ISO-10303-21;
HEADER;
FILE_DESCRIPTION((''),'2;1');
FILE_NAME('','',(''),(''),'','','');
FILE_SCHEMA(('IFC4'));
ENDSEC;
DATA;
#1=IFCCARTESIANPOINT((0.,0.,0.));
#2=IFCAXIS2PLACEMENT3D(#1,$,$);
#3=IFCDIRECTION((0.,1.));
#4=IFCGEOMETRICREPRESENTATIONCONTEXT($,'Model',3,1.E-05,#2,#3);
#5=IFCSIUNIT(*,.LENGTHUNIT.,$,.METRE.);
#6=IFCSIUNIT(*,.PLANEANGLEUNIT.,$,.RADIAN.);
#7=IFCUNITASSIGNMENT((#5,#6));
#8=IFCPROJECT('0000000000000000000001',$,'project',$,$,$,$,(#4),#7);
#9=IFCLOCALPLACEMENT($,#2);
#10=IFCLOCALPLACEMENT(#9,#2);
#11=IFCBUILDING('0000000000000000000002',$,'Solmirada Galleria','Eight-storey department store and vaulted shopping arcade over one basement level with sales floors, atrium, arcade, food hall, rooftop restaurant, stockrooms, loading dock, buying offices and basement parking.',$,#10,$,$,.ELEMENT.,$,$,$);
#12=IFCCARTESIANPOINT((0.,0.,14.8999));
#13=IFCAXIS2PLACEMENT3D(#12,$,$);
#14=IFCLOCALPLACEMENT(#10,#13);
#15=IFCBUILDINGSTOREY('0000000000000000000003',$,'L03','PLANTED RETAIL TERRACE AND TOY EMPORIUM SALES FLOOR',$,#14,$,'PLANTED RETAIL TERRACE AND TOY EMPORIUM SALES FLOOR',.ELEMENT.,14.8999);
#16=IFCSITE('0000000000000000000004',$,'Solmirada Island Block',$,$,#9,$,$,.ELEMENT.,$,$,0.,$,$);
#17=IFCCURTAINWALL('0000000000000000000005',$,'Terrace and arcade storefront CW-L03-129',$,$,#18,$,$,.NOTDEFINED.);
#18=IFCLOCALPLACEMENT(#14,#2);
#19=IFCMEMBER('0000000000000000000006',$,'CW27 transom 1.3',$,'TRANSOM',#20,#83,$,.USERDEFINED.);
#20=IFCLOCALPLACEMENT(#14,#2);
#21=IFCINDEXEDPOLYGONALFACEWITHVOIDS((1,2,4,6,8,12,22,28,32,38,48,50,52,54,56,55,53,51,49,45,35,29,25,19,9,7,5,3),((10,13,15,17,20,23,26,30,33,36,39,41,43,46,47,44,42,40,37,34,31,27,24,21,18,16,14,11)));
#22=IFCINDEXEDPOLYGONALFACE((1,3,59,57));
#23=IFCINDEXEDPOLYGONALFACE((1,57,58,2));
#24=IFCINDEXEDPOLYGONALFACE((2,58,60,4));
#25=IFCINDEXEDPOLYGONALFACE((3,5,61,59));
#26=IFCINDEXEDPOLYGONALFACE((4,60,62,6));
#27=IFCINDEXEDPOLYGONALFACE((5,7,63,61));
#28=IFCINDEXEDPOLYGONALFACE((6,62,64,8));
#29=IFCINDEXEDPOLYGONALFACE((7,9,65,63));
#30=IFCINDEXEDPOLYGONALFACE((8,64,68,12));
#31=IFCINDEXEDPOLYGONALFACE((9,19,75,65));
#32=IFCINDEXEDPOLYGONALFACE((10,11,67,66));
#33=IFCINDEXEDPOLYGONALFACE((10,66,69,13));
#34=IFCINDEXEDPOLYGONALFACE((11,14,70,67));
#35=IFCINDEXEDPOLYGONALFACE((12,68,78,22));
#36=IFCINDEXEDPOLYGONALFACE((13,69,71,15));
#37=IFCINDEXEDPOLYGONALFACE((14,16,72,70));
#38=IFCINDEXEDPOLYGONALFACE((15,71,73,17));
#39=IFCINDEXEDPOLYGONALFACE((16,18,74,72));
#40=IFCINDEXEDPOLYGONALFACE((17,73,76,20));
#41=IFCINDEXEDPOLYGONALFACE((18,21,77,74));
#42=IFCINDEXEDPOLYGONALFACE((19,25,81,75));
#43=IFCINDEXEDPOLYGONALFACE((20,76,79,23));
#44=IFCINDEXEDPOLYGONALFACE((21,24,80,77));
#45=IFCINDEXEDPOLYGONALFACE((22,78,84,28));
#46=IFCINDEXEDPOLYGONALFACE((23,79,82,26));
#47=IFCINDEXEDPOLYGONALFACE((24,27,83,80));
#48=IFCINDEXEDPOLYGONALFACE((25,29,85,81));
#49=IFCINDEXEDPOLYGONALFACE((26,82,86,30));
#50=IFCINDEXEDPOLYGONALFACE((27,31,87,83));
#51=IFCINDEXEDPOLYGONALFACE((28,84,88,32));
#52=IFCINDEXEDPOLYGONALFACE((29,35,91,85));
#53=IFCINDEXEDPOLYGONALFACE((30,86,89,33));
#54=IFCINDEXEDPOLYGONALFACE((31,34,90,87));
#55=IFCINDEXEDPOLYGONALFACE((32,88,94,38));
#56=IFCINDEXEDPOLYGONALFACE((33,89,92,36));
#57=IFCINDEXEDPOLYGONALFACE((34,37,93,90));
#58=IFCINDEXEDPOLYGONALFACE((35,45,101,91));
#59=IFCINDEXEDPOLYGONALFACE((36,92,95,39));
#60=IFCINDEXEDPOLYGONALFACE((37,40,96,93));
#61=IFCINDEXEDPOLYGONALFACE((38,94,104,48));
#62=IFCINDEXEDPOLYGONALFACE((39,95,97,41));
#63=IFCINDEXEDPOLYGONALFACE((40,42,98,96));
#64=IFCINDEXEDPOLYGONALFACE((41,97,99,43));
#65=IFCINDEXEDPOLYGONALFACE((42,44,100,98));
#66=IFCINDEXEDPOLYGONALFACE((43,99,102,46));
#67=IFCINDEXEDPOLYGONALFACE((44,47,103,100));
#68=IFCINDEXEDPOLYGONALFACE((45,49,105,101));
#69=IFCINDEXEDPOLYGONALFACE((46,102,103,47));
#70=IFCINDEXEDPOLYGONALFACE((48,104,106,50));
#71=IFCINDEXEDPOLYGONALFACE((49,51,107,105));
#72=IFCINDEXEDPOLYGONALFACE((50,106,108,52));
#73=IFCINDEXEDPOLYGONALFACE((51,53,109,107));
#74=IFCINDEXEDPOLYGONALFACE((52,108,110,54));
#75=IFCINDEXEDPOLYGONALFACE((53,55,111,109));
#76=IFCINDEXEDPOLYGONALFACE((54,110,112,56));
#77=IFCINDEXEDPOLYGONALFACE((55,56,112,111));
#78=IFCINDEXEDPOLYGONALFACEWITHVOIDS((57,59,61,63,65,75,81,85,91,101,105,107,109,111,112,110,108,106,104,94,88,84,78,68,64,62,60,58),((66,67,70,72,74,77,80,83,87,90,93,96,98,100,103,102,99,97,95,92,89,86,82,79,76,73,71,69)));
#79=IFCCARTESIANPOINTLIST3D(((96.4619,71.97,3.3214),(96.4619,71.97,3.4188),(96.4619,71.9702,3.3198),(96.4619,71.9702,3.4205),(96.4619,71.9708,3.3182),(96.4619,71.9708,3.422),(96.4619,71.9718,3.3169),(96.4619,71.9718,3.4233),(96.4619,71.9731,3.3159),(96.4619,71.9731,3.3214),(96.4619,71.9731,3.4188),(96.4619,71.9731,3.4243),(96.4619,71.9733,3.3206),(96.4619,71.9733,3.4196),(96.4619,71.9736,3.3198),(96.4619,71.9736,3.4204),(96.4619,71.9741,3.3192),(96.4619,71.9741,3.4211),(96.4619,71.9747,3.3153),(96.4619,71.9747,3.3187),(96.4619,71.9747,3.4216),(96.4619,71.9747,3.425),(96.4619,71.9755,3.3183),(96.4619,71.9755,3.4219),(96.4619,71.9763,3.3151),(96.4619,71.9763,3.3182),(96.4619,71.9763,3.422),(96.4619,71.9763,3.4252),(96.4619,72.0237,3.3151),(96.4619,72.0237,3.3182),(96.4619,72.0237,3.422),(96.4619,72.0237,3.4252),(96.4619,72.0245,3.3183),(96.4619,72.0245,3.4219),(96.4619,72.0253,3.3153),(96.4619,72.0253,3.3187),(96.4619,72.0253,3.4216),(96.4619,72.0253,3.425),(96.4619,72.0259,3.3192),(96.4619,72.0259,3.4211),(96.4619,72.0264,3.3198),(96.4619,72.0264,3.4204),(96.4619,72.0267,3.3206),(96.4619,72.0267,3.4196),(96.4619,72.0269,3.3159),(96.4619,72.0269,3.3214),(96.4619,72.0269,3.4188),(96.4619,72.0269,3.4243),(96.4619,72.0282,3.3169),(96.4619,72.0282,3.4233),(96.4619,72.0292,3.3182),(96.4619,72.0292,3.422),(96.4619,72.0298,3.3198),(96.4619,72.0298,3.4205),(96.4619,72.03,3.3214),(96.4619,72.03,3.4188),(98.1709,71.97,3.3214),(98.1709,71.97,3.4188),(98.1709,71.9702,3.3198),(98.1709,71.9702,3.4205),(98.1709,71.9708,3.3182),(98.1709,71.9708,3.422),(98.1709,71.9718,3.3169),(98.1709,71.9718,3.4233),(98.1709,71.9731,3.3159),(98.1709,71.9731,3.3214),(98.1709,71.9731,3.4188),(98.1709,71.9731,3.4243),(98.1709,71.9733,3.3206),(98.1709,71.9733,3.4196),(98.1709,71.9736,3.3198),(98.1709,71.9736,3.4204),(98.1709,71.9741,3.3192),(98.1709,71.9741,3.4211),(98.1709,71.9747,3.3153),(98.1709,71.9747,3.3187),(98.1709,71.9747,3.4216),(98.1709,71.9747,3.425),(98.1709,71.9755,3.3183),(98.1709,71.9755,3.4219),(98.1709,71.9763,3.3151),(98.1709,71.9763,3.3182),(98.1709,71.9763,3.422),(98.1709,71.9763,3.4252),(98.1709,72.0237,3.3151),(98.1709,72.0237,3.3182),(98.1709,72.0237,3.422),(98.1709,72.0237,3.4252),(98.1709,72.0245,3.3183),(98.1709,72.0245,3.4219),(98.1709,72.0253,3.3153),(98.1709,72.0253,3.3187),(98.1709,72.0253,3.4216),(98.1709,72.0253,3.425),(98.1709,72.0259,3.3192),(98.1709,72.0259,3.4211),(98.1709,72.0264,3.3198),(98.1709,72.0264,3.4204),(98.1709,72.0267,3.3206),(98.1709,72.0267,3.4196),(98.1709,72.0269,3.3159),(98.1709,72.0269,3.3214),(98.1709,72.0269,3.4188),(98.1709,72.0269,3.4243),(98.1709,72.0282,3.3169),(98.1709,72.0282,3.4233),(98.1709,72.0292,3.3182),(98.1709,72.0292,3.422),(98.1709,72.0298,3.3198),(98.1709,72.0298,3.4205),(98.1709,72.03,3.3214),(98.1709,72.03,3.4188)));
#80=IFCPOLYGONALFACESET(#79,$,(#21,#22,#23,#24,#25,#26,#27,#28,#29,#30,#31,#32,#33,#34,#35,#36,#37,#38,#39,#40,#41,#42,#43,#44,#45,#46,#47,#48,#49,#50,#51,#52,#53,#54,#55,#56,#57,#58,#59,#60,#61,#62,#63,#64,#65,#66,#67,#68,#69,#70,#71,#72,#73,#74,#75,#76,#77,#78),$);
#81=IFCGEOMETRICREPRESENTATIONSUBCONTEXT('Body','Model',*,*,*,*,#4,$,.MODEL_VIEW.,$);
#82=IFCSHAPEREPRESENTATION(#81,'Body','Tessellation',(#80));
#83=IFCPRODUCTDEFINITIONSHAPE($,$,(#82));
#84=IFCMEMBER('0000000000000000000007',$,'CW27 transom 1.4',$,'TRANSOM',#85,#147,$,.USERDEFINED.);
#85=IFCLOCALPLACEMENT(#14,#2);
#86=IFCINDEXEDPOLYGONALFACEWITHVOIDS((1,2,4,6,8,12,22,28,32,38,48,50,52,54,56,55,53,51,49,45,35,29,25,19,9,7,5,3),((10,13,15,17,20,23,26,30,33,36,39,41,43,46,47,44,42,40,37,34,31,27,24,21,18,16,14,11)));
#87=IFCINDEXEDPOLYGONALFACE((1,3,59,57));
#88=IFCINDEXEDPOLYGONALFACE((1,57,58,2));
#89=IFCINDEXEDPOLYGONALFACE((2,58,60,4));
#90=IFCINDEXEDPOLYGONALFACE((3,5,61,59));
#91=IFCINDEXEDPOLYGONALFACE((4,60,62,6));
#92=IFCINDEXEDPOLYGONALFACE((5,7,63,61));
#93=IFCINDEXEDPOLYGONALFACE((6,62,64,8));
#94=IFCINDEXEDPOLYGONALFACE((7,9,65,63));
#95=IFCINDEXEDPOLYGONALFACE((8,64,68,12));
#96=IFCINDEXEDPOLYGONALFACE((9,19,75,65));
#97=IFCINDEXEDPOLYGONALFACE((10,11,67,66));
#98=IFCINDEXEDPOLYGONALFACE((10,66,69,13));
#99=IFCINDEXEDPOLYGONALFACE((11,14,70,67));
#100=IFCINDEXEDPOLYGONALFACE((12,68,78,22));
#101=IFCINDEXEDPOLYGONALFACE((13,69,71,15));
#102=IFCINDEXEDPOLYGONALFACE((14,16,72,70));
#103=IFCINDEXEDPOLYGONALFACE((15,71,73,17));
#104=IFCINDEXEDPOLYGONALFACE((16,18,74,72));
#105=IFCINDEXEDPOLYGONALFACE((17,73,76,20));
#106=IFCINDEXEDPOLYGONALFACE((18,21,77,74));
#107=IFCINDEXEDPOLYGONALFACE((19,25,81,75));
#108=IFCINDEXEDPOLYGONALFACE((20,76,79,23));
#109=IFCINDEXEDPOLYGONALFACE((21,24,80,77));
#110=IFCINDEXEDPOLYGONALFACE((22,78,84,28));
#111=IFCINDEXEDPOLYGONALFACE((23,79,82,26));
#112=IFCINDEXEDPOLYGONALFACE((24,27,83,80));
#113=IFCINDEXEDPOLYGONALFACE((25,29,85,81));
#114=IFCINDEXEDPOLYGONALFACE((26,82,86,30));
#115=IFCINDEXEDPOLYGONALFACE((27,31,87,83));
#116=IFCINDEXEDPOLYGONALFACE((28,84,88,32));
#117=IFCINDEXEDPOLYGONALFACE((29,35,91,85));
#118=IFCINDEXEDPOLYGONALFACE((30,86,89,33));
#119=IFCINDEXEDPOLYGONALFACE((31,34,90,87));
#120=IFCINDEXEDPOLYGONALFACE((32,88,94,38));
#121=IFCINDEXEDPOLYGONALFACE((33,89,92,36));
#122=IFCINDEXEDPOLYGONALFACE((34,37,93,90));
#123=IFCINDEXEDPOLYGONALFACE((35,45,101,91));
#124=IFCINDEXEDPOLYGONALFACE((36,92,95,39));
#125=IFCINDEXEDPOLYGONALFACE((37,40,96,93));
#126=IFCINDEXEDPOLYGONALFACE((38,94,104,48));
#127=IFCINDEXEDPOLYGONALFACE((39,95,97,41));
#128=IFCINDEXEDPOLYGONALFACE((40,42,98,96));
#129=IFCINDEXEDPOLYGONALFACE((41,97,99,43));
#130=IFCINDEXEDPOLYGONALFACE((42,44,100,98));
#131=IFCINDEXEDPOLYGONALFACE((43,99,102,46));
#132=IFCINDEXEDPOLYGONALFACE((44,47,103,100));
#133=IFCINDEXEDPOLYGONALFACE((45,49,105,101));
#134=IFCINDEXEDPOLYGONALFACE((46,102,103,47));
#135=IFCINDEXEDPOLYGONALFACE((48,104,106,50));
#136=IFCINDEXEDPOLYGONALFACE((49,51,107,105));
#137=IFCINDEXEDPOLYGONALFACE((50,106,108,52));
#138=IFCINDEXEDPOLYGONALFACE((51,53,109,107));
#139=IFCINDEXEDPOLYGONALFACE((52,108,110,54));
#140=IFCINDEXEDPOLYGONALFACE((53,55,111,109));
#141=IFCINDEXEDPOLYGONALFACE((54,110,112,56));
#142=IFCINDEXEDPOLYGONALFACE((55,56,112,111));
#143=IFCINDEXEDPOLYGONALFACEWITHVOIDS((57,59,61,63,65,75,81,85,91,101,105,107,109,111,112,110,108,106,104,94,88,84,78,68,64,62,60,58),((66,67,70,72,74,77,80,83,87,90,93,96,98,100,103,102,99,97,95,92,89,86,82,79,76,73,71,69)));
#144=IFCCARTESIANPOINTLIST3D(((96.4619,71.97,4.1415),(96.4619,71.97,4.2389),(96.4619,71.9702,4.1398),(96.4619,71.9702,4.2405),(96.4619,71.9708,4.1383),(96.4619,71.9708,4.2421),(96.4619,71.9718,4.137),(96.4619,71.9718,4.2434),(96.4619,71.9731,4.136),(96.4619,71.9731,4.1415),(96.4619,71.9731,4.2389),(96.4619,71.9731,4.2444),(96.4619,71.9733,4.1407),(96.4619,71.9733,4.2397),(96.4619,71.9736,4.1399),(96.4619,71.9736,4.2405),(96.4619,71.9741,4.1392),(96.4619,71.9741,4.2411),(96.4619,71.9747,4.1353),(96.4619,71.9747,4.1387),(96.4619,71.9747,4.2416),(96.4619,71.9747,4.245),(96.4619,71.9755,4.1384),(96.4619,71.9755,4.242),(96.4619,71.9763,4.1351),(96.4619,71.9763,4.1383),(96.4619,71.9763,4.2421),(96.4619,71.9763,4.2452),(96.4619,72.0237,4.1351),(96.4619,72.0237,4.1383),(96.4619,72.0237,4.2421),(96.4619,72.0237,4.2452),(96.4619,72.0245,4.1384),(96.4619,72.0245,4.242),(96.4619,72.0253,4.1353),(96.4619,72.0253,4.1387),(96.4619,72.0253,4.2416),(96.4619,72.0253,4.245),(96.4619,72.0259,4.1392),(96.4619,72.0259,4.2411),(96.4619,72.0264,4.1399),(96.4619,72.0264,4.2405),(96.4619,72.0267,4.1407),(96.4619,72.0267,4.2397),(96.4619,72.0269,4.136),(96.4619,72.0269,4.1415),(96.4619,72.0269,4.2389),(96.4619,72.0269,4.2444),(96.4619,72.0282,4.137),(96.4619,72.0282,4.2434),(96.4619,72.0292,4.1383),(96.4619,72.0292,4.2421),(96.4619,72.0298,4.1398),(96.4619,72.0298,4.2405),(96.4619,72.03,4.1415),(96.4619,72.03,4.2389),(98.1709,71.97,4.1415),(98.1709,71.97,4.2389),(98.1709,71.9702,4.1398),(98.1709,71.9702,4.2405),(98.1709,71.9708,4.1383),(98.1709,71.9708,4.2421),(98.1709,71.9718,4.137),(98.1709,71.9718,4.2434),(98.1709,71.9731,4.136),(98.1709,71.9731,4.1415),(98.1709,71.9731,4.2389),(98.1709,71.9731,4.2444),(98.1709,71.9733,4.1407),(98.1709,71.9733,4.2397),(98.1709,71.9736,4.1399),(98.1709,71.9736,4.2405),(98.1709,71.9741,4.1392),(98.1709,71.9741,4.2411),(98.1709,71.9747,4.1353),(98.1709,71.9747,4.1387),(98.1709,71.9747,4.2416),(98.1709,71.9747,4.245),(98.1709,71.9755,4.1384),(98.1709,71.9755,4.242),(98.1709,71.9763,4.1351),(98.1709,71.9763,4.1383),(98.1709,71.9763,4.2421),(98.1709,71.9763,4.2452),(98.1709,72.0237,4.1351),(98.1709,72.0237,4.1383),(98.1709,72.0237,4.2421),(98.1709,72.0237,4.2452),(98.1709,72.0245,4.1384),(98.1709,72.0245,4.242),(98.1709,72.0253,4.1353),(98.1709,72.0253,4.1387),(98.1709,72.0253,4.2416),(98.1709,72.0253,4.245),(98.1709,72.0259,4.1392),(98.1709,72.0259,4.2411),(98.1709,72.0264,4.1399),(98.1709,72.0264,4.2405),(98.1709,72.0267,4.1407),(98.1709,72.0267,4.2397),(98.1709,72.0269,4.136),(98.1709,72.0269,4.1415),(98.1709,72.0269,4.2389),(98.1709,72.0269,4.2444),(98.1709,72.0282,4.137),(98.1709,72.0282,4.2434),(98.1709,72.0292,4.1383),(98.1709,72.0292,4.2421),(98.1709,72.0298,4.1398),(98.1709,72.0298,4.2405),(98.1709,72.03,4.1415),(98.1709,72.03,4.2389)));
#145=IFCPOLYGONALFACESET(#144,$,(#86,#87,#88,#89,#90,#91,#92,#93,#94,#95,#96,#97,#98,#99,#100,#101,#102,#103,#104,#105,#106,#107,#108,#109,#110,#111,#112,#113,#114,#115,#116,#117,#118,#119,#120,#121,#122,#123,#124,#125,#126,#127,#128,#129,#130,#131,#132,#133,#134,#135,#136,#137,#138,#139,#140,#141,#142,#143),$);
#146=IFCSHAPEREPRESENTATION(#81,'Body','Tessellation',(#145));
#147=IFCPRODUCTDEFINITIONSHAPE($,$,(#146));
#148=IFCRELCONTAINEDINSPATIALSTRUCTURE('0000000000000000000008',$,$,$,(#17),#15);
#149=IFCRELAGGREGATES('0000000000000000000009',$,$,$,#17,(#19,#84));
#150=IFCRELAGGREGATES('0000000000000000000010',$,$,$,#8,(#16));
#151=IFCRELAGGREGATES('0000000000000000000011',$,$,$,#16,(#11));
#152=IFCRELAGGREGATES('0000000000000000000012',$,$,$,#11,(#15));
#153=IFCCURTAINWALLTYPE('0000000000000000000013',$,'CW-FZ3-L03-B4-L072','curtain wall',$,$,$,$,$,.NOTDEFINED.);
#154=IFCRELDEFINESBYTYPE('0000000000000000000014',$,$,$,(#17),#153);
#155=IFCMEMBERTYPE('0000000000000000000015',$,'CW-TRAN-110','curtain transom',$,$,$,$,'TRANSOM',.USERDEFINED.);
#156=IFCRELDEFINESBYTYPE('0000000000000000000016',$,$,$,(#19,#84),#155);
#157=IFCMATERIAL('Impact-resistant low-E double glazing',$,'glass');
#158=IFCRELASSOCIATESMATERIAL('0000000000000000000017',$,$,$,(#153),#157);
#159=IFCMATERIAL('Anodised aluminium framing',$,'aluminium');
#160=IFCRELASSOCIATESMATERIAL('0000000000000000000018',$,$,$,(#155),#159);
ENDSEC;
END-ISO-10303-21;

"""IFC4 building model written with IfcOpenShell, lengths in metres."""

from ifc_helpers import new_model, si_unit, direction, frame, origin, origin_2d, place, context, subcontext, project, spatial, hollow_rectangle, extrude, material, material_profile, profile_set, type_object, element, aggregate, save


model = new_model("IFC4")

# Units and contexts
model_context = context("Model", 3, precision=1e-05, world=origin(), true_north=direction((0.0, 1.0)))
body_context = subcontext(model_context, "Body", "Model", "MODEL_VIEW")
ifc_project = project(units=[si_unit("LENGTHUNIT", "METRE"), si_unit("PLANEANGLEUNIT", "RADIAN")], contexts=[model_context])

# Site, building, storey
site_placement = place(None, origin())
site = spatial("IfcSite", under=ifc_project, at=site_placement, Name="Solmirada Island Block", CompositionType="ELEMENT", RefElevation=0.0)
building_placement = place(site_placement, origin())
building = spatial("IfcBuilding", under=site, at=building_placement, Name="Solmirada Galleria", Description="Eight-storey department store and vaulted shopping arcade over one basement level with sales floors, atrium, arcade, food hall, rooftop restaurant, stockrooms, loading dock, buying offices and basement parking.", CompositionType="ELEMENT")
storey_placement = place(building_placement, frame((0.0, 0.0, 14.8999)))
storey = spatial("IfcBuildingStorey", under=building, at=storey_placement, Name="L03", Description="PLANTED RETAIL TERRACE AND TOY EMPORIUM SALES FLOOR", LongName="PLANTED RETAIL TERRACE AND TOY EMPORIUM SALES FLOOR", CompositionType="ELEMENT", Elevation=14.8999)

# Shared definitions
ifc_material_1 = material(Name="Impact-resistant low-E double glazing", Category="glass")
curtain_wall_type = type_object("IfcCurtainWallType", Name="CW-FZ3-L03-B4-L072", Description="curtain wall", PredefinedType="NOTDEFINED", material=ifc_material_1)
ifc_material_2 = material(Name="Anodised aluminium framing", Category="aluminium")

# Curtain wall, members
curtain_wall_1_placement = place(storey_placement, origin())
curtain_wall_1 = element("IfcCurtainWall", 1, at=curtain_wall_1_placement, inside=storey, type_object=curtain_wall_type, Name="Terrace and arcade storefront CW-L03-129", PredefinedType="NOTDEFINED")
ifc_material_profile_1 = material_profile(ifc_material_2, hollow_rectangle(XDim=0.0601, YDim=0.1101, WallThickness=0.0032, InnerFilletRadius=0.0032, OuterFilletRadius=0.0063, at=origin_2d()), Name="ALU-TRAN-110X60")
ifc_profile_set_1 = profile_set([ifc_material_profile_1], Name="Anodised aluminium framing")
member_type_1 = type_object("IfcMemberType", Name="CW-TRAN-110", Description="curtain transom", ElementType="TRANSOM", PredefinedType="USERDEFINED", material=ifc_profile_set_1)
member_1_placement = place(storey_placement, frame((96.4619, 72.0, 3.3701), z_axis=(1.0, 0.0, 0.0), x_axis=(0.0, 1.0, 0.0)))
member_1 = element("IfcMember", 2, at=member_1_placement, type_object=member_type_1, Name="CW27 transom 1.3", ObjectType="TRANSOM", PredefinedType="USERDEFINED", context=body_context, shape_type="SweptSolid", body=[
    extrude(hollow_rectangle(XDim=0.0601, YDim=0.1101, WallThickness=0.0032, InnerFilletRadius=0.0032, OuterFilletRadius=0.0063, at=origin_2d()), origin(), (0.0, 0.0, 1.0), 1.709),
])
member_2_placement = place(storey_placement, frame((96.4619, 72.0, 4.1902), z_axis=(1.0, 0.0, 0.0), x_axis=(0.0, 1.0, 0.0)))
member_2 = element("IfcMember", 3, at=member_2_placement, type_object=member_type_1, Name="CW27 transom 1.4", ObjectType="TRANSOM", PredefinedType="USERDEFINED", context=body_context, shape_type="SweptSolid", body=[
    extrude(hollow_rectangle(XDim=0.0601, YDim=0.1101, WallThickness=0.0032, InnerFilletRadius=0.0032, OuterFilletRadius=0.0063, at=origin_2d()), origin(), (0.0, 0.0, 1.0), 1.709),
])

aggregate(curtain_wall_1, [member_1, member_2])

save(model, "model.ifc")
